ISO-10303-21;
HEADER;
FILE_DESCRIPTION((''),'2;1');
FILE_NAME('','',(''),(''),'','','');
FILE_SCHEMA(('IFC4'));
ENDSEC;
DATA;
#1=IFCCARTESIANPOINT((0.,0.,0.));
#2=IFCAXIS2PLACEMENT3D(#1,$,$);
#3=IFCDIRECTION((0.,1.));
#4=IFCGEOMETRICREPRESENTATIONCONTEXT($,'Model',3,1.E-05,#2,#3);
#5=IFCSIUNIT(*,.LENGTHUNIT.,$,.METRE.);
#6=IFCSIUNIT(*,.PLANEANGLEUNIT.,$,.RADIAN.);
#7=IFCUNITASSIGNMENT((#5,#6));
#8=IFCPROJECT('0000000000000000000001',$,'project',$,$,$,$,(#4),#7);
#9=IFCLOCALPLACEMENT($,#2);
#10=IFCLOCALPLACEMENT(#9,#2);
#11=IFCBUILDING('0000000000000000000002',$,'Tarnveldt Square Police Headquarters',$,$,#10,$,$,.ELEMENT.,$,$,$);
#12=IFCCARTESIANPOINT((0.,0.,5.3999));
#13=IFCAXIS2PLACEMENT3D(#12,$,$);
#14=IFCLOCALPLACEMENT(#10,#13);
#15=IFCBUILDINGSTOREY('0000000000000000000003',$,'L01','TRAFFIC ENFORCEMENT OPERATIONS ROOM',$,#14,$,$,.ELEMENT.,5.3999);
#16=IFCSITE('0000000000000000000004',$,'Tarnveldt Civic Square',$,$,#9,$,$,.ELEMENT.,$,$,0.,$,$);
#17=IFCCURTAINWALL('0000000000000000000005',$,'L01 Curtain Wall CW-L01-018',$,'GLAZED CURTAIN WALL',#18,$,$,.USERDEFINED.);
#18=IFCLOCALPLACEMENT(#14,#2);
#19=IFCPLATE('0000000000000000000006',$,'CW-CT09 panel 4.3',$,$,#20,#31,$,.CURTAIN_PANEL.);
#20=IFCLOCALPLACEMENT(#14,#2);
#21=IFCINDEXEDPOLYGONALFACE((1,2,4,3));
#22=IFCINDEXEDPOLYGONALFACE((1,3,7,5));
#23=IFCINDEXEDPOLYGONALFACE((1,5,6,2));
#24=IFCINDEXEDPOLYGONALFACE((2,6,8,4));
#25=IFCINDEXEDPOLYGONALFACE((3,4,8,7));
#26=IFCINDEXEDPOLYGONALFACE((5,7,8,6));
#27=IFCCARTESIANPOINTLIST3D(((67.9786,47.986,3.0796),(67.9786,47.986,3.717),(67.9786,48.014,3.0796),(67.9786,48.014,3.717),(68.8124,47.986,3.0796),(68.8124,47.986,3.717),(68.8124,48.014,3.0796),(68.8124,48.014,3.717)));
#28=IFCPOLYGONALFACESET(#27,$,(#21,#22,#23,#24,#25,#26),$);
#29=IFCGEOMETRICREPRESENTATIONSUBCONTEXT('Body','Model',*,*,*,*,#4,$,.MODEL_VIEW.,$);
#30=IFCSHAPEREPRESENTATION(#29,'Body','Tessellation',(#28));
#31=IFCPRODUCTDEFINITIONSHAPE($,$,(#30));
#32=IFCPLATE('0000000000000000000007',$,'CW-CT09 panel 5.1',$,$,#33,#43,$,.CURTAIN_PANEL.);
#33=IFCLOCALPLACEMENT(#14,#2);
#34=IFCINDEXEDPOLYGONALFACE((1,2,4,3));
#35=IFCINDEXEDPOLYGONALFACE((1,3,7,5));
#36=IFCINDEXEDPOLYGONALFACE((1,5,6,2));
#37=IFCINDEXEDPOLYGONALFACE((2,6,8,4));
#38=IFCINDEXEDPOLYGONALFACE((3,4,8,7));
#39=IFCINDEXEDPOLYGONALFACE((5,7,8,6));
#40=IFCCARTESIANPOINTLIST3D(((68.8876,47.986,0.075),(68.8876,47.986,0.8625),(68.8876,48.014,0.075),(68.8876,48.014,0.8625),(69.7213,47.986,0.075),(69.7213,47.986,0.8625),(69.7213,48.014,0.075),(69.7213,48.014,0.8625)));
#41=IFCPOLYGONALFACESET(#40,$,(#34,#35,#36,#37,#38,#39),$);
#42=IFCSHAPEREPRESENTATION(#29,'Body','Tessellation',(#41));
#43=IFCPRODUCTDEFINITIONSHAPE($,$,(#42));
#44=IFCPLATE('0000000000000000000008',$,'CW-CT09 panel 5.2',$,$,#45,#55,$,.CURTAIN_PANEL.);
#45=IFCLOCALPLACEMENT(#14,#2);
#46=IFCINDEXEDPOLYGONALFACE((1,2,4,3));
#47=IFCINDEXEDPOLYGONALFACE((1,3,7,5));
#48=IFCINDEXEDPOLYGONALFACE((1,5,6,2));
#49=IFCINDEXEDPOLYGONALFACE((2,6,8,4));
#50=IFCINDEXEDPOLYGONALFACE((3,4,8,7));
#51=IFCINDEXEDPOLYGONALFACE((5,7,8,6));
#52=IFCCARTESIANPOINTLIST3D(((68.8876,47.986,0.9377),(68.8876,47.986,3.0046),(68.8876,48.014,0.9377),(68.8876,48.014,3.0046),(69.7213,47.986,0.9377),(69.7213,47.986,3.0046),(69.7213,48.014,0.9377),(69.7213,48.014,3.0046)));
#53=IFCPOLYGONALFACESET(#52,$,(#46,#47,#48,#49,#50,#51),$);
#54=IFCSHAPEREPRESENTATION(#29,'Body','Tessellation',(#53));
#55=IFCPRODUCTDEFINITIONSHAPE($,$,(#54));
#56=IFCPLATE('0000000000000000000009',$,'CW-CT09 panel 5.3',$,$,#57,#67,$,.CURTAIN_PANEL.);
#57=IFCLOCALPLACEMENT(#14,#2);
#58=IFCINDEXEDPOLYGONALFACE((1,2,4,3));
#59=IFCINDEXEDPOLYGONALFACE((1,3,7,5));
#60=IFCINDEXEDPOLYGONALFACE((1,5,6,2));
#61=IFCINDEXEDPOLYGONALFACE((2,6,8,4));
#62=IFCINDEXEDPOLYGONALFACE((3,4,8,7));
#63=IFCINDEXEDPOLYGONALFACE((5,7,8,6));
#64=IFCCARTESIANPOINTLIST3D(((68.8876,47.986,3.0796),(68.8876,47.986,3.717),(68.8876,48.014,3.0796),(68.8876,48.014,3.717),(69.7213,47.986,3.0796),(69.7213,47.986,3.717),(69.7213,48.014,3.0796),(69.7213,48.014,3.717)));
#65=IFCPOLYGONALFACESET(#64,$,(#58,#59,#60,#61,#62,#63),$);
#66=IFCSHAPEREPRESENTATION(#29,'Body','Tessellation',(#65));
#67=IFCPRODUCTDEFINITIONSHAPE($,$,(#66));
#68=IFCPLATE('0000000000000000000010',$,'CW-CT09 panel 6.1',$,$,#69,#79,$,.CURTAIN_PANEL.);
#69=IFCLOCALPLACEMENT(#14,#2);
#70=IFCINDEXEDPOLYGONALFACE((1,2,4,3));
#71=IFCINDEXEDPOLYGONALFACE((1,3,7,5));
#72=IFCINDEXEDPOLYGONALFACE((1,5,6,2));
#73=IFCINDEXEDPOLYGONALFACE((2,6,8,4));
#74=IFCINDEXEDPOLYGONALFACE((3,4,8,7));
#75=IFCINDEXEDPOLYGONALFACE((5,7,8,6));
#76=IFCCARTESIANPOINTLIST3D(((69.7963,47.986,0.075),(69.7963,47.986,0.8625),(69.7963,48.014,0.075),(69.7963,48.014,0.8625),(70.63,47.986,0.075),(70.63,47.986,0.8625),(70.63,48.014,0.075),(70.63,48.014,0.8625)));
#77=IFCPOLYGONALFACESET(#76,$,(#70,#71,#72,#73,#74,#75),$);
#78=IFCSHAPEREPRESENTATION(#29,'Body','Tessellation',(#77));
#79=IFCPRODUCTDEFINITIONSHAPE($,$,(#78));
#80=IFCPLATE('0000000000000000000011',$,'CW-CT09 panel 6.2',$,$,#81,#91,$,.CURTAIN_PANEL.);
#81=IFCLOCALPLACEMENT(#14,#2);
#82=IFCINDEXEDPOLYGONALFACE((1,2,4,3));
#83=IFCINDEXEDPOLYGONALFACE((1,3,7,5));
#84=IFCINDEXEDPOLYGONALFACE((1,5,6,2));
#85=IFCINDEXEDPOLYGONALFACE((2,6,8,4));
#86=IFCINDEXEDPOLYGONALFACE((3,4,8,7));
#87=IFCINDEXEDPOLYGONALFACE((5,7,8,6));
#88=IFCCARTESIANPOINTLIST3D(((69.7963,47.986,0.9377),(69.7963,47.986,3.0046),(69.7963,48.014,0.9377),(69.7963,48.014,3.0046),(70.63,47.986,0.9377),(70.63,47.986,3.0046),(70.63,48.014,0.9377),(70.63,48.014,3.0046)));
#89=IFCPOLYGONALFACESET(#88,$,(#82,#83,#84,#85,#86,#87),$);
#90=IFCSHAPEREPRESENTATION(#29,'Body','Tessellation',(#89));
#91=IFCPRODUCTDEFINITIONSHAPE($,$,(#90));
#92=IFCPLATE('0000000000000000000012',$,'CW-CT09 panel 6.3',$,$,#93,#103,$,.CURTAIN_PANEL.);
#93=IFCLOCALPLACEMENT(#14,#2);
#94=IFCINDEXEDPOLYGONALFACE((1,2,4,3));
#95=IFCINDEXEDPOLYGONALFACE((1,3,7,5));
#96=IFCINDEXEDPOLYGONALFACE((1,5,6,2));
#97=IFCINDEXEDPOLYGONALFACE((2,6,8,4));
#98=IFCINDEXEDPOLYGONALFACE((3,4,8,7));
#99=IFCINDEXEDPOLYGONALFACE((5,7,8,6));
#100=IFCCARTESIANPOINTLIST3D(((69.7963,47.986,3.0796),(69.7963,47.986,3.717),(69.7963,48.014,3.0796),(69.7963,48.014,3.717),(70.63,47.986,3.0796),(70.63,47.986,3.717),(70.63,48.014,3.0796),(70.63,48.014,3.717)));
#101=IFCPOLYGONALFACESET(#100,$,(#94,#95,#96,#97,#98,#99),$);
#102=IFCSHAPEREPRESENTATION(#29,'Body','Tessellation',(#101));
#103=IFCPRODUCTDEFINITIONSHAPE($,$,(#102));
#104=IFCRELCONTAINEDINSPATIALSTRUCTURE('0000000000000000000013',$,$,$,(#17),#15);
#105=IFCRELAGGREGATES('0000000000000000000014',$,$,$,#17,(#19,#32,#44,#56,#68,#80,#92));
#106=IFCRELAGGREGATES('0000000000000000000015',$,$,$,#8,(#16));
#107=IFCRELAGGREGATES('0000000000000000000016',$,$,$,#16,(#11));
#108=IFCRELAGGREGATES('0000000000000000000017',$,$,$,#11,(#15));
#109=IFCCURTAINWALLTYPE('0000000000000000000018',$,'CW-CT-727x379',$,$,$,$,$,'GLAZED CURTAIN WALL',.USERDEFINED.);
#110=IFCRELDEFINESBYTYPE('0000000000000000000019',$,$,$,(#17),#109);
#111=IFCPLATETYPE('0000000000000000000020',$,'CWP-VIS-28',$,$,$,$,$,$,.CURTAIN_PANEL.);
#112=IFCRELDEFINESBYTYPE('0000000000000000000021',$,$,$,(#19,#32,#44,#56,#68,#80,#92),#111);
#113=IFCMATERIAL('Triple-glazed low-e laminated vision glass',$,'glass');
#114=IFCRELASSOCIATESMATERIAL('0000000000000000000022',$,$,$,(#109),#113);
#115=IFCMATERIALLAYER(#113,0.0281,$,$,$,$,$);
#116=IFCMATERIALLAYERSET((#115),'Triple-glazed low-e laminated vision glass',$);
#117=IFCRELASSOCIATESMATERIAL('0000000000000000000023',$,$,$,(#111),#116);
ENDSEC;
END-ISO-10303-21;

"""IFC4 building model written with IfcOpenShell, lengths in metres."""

from ifc_helpers import new_model, si_unit, direction, frame, origin, origin_2d, place, context, subcontext, project, spatial, rectangle, extrude, material, layer, layer_set, type_object, element, aggregate, save


model = new_model("IFC4")

# Units and contexts
model_context = context("Model", 3, precision=1e-05, world=origin(), true_north=direction((0.0, 1.0)))
body_context = subcontext(model_context, "Body", "Model", "MODEL_VIEW")
ifc_project = project(units=[si_unit("LENGTHUNIT", "METRE"), si_unit("PLANEANGLEUNIT", "RADIAN")], contexts=[model_context])

# Site, building, storey
site_placement = place(None, origin())
site = spatial("IfcSite", under=ifc_project, at=site_placement, Name="Tarnveldt Civic Square", CompositionType="ELEMENT", RefElevation=0.0)
building_placement = place(site_placement, origin())
building = spatial("IfcBuilding", under=site, at=building_placement, Name="Tarnveldt Square Police Headquarters", CompositionType="ELEMENT")
storey_placement = place(building_placement, frame((0.0, 0.0, 5.3999)))
storey = spatial("IfcBuildingStorey", under=building, at=storey_placement, Name="L01", Description="TRAFFIC ENFORCEMENT OPERATIONS ROOM", CompositionType="ELEMENT", Elevation=5.3999)

# Curtain wall, plates
ifc_material_1 = material(Name="Triple-glazed low-e laminated vision glass", Category="glass")
curtain_wall_type = type_object("IfcCurtainWallType", Name="CW-CT-727x379", ElementType="GLAZED CURTAIN WALL", PredefinedType="USERDEFINED", material=ifc_material_1)
curtain_wall_placement = place(storey_placement, origin())
curtain_wall = element("IfcCurtainWall", 1, at=curtain_wall_placement, inside=storey, type_object=curtain_wall_type, Name="L01 Curtain Wall CW-L01-018", ObjectType="GLAZED CURTAIN WALL", PredefinedType="USERDEFINED")
ifc_layer = layer(ifc_material_1, 0.0281)
ifc_layer_set = layer_set([ifc_layer], Name="Triple-glazed low-e laminated vision glass")
plate_type = type_object("IfcPlateType", Name="CWP-VIS-28", PredefinedType="CURTAIN_PANEL", material=ifc_layer_set)
plate_1_placement = place(storey_placement, frame((68.3955, 48.0, 3.0796), z_axis=(0.0, 0.0, 1.0), x_axis=(1.0, 0.0, 0.0)))
plate_1 = element("IfcPlate", 2, at=plate_1_placement, type_object=plate_type, Name="CW-CT09 panel 4.3", PredefinedType="CURTAIN_PANEL", context=body_context, shape_type="SweptSolid", body=[
    extrude(rectangle(XDim=0.8337, YDim=0.0281, at=origin_2d()), origin(), (0.0, 0.0, 1.0), 0.6375),
])
plate_2_placement = place(storey_placement, frame((69.3044, 48.0, 0.075), z_axis=(0.0, 0.0, 1.0), x_axis=(1.0, 0.0, 0.0)))
plate_2 = element("IfcPlate", 3, at=plate_2_placement, type_object=plate_type, Name="CW-CT09 panel 5.1", PredefinedType="CURTAIN_PANEL", context=body_context, shape_type="SweptSolid", body=[
    extrude(rectangle(XDim=0.8337, YDim=0.0281, at=origin_2d()), origin(), (0.0, 0.0, 1.0), 0.7876),
])
plate_3_placement = place(storey_placement, frame((69.3044, 48.0, 0.9377), z_axis=(0.0, 0.0, 1.0), x_axis=(1.0, 0.0, 0.0)))
plate_3 = element("IfcPlate", 4, at=plate_3_placement, type_object=plate_type, Name="CW-CT09 panel 5.2", PredefinedType="CURTAIN_PANEL", context=body_context, shape_type="SweptSolid", body=[
    extrude(rectangle(XDim=0.8337, YDim=0.0281, at=origin_2d()), origin(), (0.0, 0.0, 1.0), 2.0669),
])
plate_4_placement = place(storey_placement, frame((69.3044, 48.0, 3.0796), z_axis=(0.0, 0.0, 1.0), x_axis=(1.0, 0.0, 0.0)))
plate_4 = element("IfcPlate", 5, at=plate_4_placement, type_object=plate_type, Name="CW-CT09 panel 5.3", PredefinedType="CURTAIN_PANEL", context=body_context, shape_type="SweptSolid", body=[
    extrude(rectangle(XDim=0.8337, YDim=0.0281, at=origin_2d()), origin(), (0.0, 0.0, 1.0), 0.6375),
])
plate_5_placement = place(storey_placement, frame((70.2131, 48.0, 0.075), z_axis=(0.0, 0.0, 1.0), x_axis=(1.0, 0.0, 0.0)))
plate_5 = element("IfcPlate", 6, at=plate_5_placement, type_object=plate_type, Name="CW-CT09 panel 6.1", PredefinedType="CURTAIN_PANEL", context=body_context, shape_type="SweptSolid", body=[
    extrude(rectangle(XDim=0.8337, YDim=0.0281, at=origin_2d()), origin(), (0.0, 0.0, 1.0), 0.7876),
])
plate_6_placement = place(storey_placement, frame((70.2131, 48.0, 0.9377), z_axis=(0.0, 0.0, 1.0), x_axis=(1.0, 0.0, 0.0)))
plate_6 = element("IfcPlate", 7, at=plate_6_placement, type_object=plate_type, Name="CW-CT09 panel 6.2", PredefinedType="CURTAIN_PANEL", context=body_context, shape_type="SweptSolid", body=[
    extrude(rectangle(XDim=0.8337, YDim=0.0281, at=origin_2d()), origin(), (0.0, 0.0, 1.0), 2.0669),
])
plate_7_placement = place(storey_placement, frame((70.2131, 48.0, 3.0796), z_axis=(0.0, 0.0, 1.0), x_axis=(1.0, 0.0, 0.0)))
plate_7 = element("IfcPlate", 8, at=plate_7_placement, type_object=plate_type, Name="CW-CT09 panel 6.3", PredefinedType="CURTAIN_PANEL", context=body_context, shape_type="SweptSolid", body=[
    extrude(rectangle(XDim=0.8337, YDim=0.0281, at=origin_2d()), origin(), (0.0, 0.0, 1.0), 0.6375),
])
aggregate(curtain_wall, [plate_1, plate_2, plate_3, plate_4, plate_5, plate_6, plate_7])

save(model, "model.ifc")
